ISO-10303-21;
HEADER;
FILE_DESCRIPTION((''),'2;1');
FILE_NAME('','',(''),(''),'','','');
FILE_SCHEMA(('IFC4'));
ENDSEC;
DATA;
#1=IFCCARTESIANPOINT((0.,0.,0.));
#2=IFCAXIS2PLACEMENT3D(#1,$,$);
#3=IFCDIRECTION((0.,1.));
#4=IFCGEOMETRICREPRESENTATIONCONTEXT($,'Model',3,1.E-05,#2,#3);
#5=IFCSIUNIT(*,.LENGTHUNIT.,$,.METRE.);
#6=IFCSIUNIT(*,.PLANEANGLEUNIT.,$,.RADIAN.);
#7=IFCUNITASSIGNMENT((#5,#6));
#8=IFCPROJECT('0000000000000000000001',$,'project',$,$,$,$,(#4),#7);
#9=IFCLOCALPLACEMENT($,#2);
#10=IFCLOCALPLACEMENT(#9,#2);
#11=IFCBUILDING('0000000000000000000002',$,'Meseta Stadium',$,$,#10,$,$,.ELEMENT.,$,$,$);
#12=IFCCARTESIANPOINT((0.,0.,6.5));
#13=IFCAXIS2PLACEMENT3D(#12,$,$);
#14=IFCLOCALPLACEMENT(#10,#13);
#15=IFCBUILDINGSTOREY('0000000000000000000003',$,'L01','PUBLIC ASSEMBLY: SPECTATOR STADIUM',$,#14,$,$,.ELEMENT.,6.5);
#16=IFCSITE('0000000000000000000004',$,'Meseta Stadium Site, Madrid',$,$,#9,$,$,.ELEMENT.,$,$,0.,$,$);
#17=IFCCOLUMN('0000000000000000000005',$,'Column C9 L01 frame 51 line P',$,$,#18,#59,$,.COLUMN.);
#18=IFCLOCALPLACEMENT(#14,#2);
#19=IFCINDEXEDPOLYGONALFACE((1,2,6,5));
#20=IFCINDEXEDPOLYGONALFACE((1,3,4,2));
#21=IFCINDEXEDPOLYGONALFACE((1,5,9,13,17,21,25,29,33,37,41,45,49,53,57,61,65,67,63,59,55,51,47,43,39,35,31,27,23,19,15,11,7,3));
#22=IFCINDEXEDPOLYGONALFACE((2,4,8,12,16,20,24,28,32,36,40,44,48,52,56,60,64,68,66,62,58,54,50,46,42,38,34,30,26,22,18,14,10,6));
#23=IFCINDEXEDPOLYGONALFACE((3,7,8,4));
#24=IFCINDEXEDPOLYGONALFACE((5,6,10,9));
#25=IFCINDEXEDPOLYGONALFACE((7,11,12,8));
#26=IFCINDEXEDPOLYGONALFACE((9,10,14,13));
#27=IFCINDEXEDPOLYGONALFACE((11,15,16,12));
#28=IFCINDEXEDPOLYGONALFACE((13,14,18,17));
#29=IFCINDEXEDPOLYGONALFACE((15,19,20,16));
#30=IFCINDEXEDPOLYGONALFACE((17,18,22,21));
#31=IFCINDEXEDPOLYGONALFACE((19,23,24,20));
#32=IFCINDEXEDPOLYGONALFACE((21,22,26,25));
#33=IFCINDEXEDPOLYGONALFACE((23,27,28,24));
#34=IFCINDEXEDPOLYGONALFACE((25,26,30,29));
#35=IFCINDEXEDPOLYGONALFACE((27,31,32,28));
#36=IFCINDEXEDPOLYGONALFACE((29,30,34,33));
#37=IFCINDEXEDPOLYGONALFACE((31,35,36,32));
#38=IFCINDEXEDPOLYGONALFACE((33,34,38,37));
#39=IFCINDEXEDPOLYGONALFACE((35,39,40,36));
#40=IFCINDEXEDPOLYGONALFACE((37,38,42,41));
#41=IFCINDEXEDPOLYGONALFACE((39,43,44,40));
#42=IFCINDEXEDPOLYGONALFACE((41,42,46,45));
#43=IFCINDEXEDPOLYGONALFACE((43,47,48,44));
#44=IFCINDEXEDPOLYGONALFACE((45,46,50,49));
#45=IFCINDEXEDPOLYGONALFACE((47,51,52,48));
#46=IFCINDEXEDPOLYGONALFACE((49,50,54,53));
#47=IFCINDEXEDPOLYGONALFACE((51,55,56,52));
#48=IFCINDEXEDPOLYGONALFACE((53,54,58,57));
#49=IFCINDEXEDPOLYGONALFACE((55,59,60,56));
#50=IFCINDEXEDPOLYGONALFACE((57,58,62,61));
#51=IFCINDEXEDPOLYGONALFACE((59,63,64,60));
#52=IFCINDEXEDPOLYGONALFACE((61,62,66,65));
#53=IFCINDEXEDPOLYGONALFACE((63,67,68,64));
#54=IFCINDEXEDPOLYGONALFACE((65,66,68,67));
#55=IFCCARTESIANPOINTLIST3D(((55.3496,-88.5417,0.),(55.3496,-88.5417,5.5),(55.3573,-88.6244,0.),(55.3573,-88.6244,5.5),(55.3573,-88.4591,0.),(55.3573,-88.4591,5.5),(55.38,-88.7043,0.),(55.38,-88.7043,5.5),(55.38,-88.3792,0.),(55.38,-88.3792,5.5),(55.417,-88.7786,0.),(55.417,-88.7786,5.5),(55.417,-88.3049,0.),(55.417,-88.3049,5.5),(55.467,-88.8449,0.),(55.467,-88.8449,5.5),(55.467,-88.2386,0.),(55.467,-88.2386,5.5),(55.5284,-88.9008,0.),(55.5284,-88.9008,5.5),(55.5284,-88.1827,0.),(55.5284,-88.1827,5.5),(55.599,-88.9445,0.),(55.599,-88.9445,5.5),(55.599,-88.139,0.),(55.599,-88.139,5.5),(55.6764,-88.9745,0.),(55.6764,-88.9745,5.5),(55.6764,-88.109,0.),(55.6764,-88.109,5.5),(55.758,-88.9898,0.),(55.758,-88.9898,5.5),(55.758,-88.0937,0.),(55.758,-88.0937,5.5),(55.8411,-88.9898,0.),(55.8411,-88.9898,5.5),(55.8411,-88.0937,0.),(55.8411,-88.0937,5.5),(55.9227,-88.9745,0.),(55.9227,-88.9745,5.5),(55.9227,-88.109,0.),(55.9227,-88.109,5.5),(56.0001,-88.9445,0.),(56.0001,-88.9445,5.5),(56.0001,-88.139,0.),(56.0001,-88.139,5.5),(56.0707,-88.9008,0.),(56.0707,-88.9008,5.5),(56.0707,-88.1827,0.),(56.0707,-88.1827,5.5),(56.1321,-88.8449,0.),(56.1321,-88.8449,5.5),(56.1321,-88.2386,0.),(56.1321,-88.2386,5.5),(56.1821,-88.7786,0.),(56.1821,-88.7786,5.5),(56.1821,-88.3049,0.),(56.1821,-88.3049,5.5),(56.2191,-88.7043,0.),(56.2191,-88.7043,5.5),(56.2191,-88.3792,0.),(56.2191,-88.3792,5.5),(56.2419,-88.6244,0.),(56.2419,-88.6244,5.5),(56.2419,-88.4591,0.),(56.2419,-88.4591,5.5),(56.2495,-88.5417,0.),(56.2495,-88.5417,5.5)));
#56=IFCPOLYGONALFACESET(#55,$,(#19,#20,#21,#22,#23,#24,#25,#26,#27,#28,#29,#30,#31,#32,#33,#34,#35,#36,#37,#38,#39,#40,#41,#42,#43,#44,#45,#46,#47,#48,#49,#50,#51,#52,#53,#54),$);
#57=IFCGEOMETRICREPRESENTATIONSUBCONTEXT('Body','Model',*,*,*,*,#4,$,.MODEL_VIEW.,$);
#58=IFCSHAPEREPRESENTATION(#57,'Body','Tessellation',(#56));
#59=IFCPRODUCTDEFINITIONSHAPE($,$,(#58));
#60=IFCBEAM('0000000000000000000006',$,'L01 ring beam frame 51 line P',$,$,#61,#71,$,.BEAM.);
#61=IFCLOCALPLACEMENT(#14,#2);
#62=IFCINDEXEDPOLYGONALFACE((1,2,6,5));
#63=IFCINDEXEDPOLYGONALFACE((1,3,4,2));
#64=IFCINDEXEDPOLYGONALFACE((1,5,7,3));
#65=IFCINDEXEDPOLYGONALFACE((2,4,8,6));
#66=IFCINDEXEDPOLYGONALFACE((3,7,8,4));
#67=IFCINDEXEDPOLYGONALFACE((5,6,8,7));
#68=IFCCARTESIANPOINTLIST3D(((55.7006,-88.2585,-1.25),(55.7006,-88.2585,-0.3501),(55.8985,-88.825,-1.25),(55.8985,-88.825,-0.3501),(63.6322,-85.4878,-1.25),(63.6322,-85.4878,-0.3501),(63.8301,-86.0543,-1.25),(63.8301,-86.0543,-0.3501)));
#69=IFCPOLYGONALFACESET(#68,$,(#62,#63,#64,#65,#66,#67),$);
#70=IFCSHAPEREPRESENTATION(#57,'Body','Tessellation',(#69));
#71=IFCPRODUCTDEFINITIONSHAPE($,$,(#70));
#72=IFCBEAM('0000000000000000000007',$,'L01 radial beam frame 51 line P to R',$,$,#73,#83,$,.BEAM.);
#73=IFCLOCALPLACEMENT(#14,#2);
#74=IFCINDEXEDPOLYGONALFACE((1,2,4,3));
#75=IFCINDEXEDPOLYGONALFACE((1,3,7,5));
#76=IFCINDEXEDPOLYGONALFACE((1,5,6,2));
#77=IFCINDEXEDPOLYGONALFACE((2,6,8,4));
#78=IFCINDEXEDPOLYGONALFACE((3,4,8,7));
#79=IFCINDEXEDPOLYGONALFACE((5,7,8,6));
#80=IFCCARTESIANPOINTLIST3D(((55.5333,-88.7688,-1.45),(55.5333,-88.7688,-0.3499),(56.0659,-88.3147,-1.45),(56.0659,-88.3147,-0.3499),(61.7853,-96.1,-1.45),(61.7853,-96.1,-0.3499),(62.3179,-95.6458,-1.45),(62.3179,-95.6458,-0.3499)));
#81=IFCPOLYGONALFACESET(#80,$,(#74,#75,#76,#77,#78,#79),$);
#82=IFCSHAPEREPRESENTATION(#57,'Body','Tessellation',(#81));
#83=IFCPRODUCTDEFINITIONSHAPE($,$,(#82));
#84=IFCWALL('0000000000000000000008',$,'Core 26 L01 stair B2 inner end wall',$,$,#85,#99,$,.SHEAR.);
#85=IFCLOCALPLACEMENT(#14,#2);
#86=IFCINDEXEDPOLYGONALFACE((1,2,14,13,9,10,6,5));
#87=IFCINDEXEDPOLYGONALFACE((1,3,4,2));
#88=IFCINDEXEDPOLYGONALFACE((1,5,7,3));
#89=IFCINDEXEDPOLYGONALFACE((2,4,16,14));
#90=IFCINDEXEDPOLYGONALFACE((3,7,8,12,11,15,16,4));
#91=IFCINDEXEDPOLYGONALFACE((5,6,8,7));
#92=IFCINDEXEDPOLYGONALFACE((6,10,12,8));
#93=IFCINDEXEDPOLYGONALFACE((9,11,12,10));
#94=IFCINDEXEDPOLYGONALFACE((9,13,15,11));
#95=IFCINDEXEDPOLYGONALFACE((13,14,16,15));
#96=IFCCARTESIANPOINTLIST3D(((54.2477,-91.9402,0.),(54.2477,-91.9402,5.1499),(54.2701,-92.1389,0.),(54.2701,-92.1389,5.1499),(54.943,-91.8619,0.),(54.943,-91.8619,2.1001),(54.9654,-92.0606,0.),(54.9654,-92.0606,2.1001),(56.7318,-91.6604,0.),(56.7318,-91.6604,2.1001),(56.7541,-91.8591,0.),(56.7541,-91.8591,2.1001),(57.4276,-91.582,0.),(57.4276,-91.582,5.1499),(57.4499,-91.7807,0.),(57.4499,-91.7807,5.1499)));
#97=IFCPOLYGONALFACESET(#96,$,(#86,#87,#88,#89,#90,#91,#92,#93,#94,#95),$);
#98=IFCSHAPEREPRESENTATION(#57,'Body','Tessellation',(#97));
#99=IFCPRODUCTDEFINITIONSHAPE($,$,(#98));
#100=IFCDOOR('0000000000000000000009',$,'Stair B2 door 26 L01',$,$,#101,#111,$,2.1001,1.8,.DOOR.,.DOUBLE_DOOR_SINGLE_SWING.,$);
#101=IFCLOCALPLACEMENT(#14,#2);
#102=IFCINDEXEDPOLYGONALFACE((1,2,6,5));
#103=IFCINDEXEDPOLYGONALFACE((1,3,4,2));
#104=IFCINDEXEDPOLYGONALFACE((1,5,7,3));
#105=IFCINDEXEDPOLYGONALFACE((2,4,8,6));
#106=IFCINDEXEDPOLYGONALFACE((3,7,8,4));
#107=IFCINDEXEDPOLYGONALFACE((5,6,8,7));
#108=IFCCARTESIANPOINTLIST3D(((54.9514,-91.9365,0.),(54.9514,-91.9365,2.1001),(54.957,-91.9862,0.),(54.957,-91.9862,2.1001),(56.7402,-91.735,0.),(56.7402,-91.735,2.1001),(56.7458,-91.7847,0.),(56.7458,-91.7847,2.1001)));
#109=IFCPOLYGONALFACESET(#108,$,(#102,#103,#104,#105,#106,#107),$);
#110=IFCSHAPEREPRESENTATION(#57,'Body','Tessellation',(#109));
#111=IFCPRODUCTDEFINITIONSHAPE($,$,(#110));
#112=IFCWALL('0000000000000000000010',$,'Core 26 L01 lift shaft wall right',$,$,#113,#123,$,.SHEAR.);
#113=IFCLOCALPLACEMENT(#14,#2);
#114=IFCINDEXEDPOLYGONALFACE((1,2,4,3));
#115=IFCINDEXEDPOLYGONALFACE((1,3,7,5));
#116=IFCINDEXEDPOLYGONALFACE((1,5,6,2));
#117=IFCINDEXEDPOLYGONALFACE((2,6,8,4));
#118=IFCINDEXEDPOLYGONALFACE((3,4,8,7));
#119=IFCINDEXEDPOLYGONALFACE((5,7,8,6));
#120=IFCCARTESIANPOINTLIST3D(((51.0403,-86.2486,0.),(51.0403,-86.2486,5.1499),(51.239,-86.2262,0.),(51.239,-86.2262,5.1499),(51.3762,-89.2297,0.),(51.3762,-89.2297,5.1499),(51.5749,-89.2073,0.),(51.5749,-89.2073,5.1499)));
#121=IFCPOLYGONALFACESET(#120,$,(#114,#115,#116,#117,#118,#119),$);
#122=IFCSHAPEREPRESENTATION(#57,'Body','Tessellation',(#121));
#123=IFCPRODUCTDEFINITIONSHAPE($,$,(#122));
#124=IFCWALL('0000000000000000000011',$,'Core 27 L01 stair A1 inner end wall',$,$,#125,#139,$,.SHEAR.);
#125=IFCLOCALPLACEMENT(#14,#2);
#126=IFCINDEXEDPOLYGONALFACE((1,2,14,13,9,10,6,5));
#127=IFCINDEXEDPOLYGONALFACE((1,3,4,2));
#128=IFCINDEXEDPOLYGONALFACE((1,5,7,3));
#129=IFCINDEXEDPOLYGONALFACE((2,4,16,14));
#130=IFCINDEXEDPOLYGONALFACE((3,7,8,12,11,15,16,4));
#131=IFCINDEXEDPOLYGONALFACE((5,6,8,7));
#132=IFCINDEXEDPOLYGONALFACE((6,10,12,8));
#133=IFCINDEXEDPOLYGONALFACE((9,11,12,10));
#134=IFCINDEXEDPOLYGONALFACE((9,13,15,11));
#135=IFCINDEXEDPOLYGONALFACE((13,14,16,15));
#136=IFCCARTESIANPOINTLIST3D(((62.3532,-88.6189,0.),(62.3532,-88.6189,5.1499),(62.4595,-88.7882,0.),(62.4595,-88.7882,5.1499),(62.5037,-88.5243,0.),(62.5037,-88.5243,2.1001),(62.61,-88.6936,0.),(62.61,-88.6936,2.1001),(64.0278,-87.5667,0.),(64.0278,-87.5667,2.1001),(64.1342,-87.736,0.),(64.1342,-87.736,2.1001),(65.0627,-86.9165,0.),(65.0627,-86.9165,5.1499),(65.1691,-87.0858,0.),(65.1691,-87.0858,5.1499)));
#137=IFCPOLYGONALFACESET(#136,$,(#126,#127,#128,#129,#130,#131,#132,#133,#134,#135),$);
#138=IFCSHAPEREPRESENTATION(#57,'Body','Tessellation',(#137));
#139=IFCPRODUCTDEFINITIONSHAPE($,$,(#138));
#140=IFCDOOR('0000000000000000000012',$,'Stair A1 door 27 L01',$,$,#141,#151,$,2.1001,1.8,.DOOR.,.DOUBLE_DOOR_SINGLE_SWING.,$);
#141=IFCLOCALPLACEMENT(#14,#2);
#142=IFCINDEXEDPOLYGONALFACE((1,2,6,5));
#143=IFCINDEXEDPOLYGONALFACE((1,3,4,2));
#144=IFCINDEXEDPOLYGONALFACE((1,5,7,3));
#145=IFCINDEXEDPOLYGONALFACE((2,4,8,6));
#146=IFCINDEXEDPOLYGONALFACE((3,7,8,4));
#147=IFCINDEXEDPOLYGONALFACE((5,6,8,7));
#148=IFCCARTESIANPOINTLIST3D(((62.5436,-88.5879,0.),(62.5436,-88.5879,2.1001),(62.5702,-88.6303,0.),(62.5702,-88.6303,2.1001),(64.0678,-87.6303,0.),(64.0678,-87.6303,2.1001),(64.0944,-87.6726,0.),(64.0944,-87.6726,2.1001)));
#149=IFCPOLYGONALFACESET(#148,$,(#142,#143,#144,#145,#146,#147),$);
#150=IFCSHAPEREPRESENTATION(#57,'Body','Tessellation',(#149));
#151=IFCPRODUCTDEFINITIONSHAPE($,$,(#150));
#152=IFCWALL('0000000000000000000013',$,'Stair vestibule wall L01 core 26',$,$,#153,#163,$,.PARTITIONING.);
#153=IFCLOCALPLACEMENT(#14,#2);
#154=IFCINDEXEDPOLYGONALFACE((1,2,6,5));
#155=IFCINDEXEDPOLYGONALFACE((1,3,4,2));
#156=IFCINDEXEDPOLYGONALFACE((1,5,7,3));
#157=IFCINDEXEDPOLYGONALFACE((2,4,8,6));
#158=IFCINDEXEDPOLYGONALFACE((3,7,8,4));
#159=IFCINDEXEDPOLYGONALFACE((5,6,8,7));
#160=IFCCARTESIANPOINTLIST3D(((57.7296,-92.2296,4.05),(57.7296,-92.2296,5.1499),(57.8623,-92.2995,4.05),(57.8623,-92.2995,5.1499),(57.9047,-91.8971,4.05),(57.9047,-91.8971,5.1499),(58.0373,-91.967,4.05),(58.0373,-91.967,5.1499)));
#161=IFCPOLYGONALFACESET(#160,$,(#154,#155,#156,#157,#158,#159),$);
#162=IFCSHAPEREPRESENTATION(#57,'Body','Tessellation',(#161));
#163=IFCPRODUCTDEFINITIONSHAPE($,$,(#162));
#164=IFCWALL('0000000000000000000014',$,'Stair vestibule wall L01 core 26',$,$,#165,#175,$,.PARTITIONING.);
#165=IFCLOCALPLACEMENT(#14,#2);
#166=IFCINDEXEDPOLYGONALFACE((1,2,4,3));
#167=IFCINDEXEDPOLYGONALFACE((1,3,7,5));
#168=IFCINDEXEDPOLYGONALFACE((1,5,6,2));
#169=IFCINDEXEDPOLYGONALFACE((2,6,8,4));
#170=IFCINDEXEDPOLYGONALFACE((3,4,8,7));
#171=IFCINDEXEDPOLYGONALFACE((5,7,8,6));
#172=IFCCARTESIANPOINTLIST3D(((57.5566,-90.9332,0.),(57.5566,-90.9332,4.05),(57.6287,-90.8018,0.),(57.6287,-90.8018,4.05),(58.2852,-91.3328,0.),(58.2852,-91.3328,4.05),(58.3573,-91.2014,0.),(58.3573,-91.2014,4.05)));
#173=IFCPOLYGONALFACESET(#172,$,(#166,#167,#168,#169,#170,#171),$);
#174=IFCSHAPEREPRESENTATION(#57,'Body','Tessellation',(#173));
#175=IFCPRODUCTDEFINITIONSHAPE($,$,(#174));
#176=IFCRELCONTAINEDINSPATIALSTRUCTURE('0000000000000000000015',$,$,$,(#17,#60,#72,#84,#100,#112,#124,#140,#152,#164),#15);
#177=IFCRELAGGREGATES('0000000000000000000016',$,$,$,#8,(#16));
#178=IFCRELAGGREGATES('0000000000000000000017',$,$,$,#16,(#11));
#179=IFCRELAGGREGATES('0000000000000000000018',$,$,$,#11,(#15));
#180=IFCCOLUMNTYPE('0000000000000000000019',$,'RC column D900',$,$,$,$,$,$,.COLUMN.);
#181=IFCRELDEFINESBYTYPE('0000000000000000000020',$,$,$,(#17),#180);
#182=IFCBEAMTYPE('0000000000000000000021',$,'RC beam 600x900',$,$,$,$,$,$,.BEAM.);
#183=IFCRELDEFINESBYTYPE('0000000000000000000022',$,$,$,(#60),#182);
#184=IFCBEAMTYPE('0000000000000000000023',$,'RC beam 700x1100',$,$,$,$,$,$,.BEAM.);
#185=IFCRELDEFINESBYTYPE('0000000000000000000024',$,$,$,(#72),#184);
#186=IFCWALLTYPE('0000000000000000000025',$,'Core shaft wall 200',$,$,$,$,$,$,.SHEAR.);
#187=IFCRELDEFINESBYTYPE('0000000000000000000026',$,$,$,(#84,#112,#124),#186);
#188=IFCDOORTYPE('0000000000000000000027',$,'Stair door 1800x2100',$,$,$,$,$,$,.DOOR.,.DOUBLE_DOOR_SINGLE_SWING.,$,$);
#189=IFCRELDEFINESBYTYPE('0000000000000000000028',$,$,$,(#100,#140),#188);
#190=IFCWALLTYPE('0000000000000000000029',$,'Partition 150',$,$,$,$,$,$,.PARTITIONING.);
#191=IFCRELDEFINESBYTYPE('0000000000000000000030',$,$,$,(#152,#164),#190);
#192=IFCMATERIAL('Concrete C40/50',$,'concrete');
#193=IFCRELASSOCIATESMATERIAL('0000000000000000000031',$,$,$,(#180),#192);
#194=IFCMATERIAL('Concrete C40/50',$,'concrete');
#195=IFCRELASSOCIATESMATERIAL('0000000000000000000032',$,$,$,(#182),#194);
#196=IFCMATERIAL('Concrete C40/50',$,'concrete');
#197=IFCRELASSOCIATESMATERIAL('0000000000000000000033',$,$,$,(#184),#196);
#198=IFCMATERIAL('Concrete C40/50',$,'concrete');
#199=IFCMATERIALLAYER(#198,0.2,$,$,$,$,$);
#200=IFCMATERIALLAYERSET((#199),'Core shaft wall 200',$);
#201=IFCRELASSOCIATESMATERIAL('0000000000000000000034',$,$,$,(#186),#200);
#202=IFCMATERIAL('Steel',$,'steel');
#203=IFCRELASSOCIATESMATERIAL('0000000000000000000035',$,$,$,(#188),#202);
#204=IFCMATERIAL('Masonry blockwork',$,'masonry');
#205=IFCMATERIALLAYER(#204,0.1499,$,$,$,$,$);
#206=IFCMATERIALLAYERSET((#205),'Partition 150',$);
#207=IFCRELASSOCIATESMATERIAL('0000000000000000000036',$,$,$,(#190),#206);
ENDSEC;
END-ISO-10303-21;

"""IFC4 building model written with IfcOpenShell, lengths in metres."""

from ifc_helpers import new_model, si_unit, direction, frame, frame_2d, origin, origin_2d, place, context, subcontext, project, spatial, rectangle, circle, extrude, material, layer, layer_set, material_profile, profile_set, type_object, element, fill, save


model = new_model("IFC4")

# Units and contexts
model_context = context("Model", 3, precision=1e-05, world=origin(), true_north=direction((0.0, 1.0)))
body_context = subcontext(model_context, "Body", "Model", "MODEL_VIEW")
ifc_project = project(units=[si_unit("LENGTHUNIT", "METRE"), si_unit("PLANEANGLEUNIT", "RADIAN")], contexts=[model_context])

# Site, building, storey
site_placement = place(None, origin())
site = spatial("IfcSite", under=ifc_project, at=site_placement, Name="Meseta Stadium Site, Madrid", CompositionType="ELEMENT", RefElevation=0.0)
building_placement = place(site_placement, origin())
building = spatial("IfcBuilding", under=site, at=building_placement, Name="Meseta Stadium", CompositionType="ELEMENT")
storey_placement = place(building_placement, frame((0.0, 0.0, 6.5)))
storey = spatial("IfcBuildingStorey", under=building, at=storey_placement, Name="L01", Description="PUBLIC ASSEMBLY: SPECTATOR STADIUM", CompositionType="ELEMENT", Elevation=6.5)

# Column
ifc_material_1 = material(Name="Concrete C40/50", Category="concrete")
ifc_material_profile_1 = material_profile(ifc_material_1, circle(Radius=0.45, at=origin_2d()), Name="RC D900")
ifc_profile_set_1 = profile_set([ifc_material_profile_1], Name="Concrete C40/50")
column_type = type_object("IfcColumnType", Name="RC column D900", PredefinedType="COLUMN", material=ifc_profile_set_1)
column_placement = place(storey_placement, frame((55.7996, -88.5417, 0.0), z_axis=(0.0, 0.0, 1.0), x_axis=(1.0, 0.0, 0.0)))
element("IfcColumn", 1, at=column_placement, inside=storey, type_object=column_type, Name="Column C9 L01 frame 51 line P", PredefinedType="COLUMN", context=body_context, shape_type="SweptSolid", body=[
    extrude(circle(Radius=0.45, at=origin_2d()), origin(), (0.0, 0.0, 1.0), 5.5),
])

# Beams
ifc_material_2 = material(Name="Concrete C40/50", Category="concrete")
ifc_material_profile_2 = material_profile(ifc_material_2, rectangle(XDim=0.6001, YDim=0.8999, at=origin_2d()), Name="RC 600x900")
ifc_profile_set_2 = profile_set([ifc_material_profile_2], Name="Concrete C40/50")
beam_type_1 = type_object("IfcBeamType", Name="RC beam 600x900", PredefinedType="BEAM", material=ifc_profile_set_2)
beam_1_placement = place(storey_placement, frame((55.7996, -88.5417, -0.8), z_axis=(0.944056, 0.329786, 0.0), x_axis=(-0.329786, 0.944056, 0.0)))
element("IfcBeam", 2, at=beam_1_placement, inside=storey, type_object=beam_type_1, Name="L01 ring beam frame 51 line P", PredefinedType="BEAM", context=body_context, shape_type="SweptSolid", body=[
    extrude(rectangle(XDim=0.6001, YDim=0.8999, at=origin_2d()), origin(), (0.0, 0.0, 1.0), 8.4016),
])
ifc_material_3 = material(Name="Concrete C40/50", Category="concrete")
ifc_material_profile_3 = material_profile(ifc_material_3, rectangle(XDim=0.7, YDim=1.1001, at=origin_2d()), Name="RC 700x1100")
ifc_profile_set_3 = profile_set([ifc_material_profile_3], Name="Concrete C40/50")
beam_type_2 = type_object("IfcBeamType", Name="RC beam 700x1100", PredefinedType="BEAM", material=ifc_profile_set_3)
beam_2_placement = place(storey_placement, frame((55.7996, -88.5417, -0.8999), z_axis=(0.648886, -0.760885, 0.0), x_axis=(0.760885, 0.648886, 0.0)))
element("IfcBeam", 3, at=beam_2_placement, inside=storey, type_object=beam_type_2, Name="L01 radial beam frame 51 line P to R", PredefinedType="BEAM", context=body_context, shape_type="SweptSolid", body=[
    extrude(rectangle(XDim=0.7, YDim=1.1001, at=origin_2d()), origin(), (0.0, 0.0, 1.0), 9.635),
])

# Wall, opening, door
ifc_material_4 = material(Name="Concrete C40/50", Category="concrete")
ifc_layer_1 = layer(ifc_material_4, 0.2)
ifc_layer_set_1 = layer_set([ifc_layer_1], Name="Core shaft wall 200")
wall_type_1 = type_object("IfcWallType", Name="Core shaft wall 200", PredefinedType="SHEAR", material=ifc_layer_set_1)
wall_1_placement = place(storey_placement, frame((54.2588, -92.0396, 0.0), z_axis=(0.0, 0.0, 1.0), x_axis=(0.993717, 0.111922, 0.0)))
wall_1 = element("IfcWall", 4, at=wall_1_placement, inside=storey, type_object=wall_type_1, Name="Core 26 L01 stair B2 inner end wall", PredefinedType="SHEAR", context=body_context, shape_type="SweptSolid", body=[
    extrude(rectangle(XDim=3.2, YDim=0.2, at=frame_2d((1.6001, 0.0))), origin(), (0.0, 0.0, 1.0), 5.1499),
])
opening_1_placement = place(wall_1_placement, frame((0.7, 0.0, 0.0)))
opening_1 = element("IfcOpeningElement", 5, at=opening_1_placement, cuts=wall_1, PredefinedType="OPENING", context=body_context, shape_type="SweptSolid", body=[
    extrude(rectangle(XDim=1.8, YDim=2.1001, at=frame_2d((0.8999, 1.05))), frame((0.0, 0.1099, 0.0), z_axis=(0.0, -1.0, 0.0), x_axis=(1.0, 0.0, 0.0)), (0.0, 0.0, 1.0), 0.22),
])
ifc_material_5 = material(Name="Steel", Category="steel")
door_type_1 = type_object("IfcDoorType", Name="Stair door 1800x2100", OperationType="DOUBLE_DOOR_SINGLE_SWING", PredefinedType="DOOR", material=ifc_material_5)
door_1_placement = place(opening_1_placement, origin())
door_1 = element("IfcDoor", 6, at=door_1_placement, inside=storey, type_object=door_type_1, Name="Stair B2 door 26 L01", OperationType="DOUBLE_DOOR_SINGLE_SWING", OverallHeight=2.1001, OverallWidth=1.8, PredefinedType="DOOR", context=body_context, shape_type="SweptSolid", body=[
    extrude(rectangle(XDim=1.8, YDim=2.1001, at=frame_2d((0.8999, 1.05))), frame((0.0, 0.0249, 0.0), z_axis=(0.0, -1.0, 0.0), x_axis=(1.0, 0.0, 0.0)), (0.0, 0.0, 1.0), 0.05),
])
fill(opening_1, door_1)

# Wall
wall_2_placement = place(storey_placement, frame((51.4756, -89.2185, 0.0), z_axis=(0.0, 0.0, 1.0), x_axis=(-0.111977, 0.993711, 0.0)))
element("IfcWall", 7, at=wall_2_placement, inside=storey, type_object=wall_type_1, Name="Core 26 L01 lift shaft wall right", PredefinedType="SHEAR", context=body_context, shape_type="SweptSolid", body=[
    extrude(rectangle(XDim=3.0, YDim=0.2, at=frame_2d((1.5, 0.0))), origin(), (0.0, 0.0, 1.0), 5.1499),
])

# Wall, opening, door
wall_3_placement = place(storey_placement, frame((62.4062, -88.7036, 0.0), z_axis=(0.0, 0.0, 1.0), x_axis=(0.846736, 0.532014, 0.0)))
wall_3 = element("IfcWall", 8, at=wall_3_placement, inside=storey, type_object=wall_type_1, Name="Core 27 L01 stair A1 inner end wall", PredefinedType="SHEAR", context=body_context, shape_type="SweptSolid", body=[
    extrude(rectangle(XDim=3.2, YDim=0.2, at=frame_2d((1.6001, 0.0))), origin(), (0.0, 0.0, 1.0), 5.1499),
])
opening_2_placement = place(wall_3_placement, frame((0.178, 0.0, 0.0)))
opening_2 = element("IfcOpeningElement", 9, at=opening_2_placement, cuts=wall_3, PredefinedType="OPENING", context=body_context, shape_type="SweptSolid", body=[
    extrude(rectangle(XDim=1.8, YDim=2.1001, at=frame_2d((0.8999, 1.05))), frame((0.0, 0.1099, 0.0), z_axis=(0.0, -1.0, 0.0), x_axis=(1.0, 0.0, 0.0)), (0.0, 0.0, 1.0), 0.22),
])
door_2_placement = place(opening_2_placement, origin())
door_2 = element("IfcDoor", 10, at=door_2_placement, inside=storey, type_object=door_type_1, Name="Stair A1 door 27 L01", OperationType="DOUBLE_DOOR_SINGLE_SWING", OverallHeight=2.1001, OverallWidth=1.8, PredefinedType="DOOR", context=body_context, shape_type="SweptSolid", body=[
    extrude(rectangle(XDim=1.8, YDim=2.1001, at=frame_2d((0.8999, 1.05))), frame((0.0, 0.0249, 0.0), z_axis=(0.0, -1.0, 0.0), x_axis=(1.0, 0.0, 0.0)), (0.0, 0.0, 1.0), 0.05),
])
fill(opening_2, door_2)

# Walls
ifc_material_6 = material(Name="Masonry blockwork", Category="masonry")
ifc_layer_2 = layer(ifc_material_6, 0.1499)
ifc_layer_set_2 = layer_set([ifc_layer_2], Name="Partition 150")
wall_type_2 = type_object("IfcWallType", Name="Partition 150", PredefinedType="PARTITIONING", material=ifc_layer_set_2)
wall_4_placement = place(storey_placement, frame((57.7959, -92.2646, 4.05), z_axis=(0.0, 0.0, 1.0), x_axis=(0.465827, 0.884876, 0.0)))
element("IfcWall", 11, at=wall_4_placement, inside=storey, type_object=wall_type_2, Name="Stair vestibule wall L01 core 26", PredefinedType="PARTITIONING", context=body_context, shape_type="SweptSolid", body=[
    extrude(rectangle(XDim=0.3757, YDim=0.1499, at=frame_2d((0.188, 0.0))), origin(), (0.0, 0.0, 1.0), 1.0999),
])
wall_5_placement = place(storey_placement, frame((58.3213, -91.2671, 0.0), z_axis=(0.0, 0.0, 1.0), x_axis=(-0.876804, 0.480847, 0.0)))
element("IfcWall", 12, at=wall_5_placement, inside=storey, type_object=wall_type_2, Name="Stair vestibule wall L01 core 26", PredefinedType="PARTITIONING", context=body_context, shape_type="SweptSolid", body=[
    extrude(rectangle(XDim=0.8311, YDim=0.1499, at=frame_2d((0.4155, 0.0))), origin(), (0.0, 0.0, 1.0), 4.05),
])

save(model, "model.ifc")
